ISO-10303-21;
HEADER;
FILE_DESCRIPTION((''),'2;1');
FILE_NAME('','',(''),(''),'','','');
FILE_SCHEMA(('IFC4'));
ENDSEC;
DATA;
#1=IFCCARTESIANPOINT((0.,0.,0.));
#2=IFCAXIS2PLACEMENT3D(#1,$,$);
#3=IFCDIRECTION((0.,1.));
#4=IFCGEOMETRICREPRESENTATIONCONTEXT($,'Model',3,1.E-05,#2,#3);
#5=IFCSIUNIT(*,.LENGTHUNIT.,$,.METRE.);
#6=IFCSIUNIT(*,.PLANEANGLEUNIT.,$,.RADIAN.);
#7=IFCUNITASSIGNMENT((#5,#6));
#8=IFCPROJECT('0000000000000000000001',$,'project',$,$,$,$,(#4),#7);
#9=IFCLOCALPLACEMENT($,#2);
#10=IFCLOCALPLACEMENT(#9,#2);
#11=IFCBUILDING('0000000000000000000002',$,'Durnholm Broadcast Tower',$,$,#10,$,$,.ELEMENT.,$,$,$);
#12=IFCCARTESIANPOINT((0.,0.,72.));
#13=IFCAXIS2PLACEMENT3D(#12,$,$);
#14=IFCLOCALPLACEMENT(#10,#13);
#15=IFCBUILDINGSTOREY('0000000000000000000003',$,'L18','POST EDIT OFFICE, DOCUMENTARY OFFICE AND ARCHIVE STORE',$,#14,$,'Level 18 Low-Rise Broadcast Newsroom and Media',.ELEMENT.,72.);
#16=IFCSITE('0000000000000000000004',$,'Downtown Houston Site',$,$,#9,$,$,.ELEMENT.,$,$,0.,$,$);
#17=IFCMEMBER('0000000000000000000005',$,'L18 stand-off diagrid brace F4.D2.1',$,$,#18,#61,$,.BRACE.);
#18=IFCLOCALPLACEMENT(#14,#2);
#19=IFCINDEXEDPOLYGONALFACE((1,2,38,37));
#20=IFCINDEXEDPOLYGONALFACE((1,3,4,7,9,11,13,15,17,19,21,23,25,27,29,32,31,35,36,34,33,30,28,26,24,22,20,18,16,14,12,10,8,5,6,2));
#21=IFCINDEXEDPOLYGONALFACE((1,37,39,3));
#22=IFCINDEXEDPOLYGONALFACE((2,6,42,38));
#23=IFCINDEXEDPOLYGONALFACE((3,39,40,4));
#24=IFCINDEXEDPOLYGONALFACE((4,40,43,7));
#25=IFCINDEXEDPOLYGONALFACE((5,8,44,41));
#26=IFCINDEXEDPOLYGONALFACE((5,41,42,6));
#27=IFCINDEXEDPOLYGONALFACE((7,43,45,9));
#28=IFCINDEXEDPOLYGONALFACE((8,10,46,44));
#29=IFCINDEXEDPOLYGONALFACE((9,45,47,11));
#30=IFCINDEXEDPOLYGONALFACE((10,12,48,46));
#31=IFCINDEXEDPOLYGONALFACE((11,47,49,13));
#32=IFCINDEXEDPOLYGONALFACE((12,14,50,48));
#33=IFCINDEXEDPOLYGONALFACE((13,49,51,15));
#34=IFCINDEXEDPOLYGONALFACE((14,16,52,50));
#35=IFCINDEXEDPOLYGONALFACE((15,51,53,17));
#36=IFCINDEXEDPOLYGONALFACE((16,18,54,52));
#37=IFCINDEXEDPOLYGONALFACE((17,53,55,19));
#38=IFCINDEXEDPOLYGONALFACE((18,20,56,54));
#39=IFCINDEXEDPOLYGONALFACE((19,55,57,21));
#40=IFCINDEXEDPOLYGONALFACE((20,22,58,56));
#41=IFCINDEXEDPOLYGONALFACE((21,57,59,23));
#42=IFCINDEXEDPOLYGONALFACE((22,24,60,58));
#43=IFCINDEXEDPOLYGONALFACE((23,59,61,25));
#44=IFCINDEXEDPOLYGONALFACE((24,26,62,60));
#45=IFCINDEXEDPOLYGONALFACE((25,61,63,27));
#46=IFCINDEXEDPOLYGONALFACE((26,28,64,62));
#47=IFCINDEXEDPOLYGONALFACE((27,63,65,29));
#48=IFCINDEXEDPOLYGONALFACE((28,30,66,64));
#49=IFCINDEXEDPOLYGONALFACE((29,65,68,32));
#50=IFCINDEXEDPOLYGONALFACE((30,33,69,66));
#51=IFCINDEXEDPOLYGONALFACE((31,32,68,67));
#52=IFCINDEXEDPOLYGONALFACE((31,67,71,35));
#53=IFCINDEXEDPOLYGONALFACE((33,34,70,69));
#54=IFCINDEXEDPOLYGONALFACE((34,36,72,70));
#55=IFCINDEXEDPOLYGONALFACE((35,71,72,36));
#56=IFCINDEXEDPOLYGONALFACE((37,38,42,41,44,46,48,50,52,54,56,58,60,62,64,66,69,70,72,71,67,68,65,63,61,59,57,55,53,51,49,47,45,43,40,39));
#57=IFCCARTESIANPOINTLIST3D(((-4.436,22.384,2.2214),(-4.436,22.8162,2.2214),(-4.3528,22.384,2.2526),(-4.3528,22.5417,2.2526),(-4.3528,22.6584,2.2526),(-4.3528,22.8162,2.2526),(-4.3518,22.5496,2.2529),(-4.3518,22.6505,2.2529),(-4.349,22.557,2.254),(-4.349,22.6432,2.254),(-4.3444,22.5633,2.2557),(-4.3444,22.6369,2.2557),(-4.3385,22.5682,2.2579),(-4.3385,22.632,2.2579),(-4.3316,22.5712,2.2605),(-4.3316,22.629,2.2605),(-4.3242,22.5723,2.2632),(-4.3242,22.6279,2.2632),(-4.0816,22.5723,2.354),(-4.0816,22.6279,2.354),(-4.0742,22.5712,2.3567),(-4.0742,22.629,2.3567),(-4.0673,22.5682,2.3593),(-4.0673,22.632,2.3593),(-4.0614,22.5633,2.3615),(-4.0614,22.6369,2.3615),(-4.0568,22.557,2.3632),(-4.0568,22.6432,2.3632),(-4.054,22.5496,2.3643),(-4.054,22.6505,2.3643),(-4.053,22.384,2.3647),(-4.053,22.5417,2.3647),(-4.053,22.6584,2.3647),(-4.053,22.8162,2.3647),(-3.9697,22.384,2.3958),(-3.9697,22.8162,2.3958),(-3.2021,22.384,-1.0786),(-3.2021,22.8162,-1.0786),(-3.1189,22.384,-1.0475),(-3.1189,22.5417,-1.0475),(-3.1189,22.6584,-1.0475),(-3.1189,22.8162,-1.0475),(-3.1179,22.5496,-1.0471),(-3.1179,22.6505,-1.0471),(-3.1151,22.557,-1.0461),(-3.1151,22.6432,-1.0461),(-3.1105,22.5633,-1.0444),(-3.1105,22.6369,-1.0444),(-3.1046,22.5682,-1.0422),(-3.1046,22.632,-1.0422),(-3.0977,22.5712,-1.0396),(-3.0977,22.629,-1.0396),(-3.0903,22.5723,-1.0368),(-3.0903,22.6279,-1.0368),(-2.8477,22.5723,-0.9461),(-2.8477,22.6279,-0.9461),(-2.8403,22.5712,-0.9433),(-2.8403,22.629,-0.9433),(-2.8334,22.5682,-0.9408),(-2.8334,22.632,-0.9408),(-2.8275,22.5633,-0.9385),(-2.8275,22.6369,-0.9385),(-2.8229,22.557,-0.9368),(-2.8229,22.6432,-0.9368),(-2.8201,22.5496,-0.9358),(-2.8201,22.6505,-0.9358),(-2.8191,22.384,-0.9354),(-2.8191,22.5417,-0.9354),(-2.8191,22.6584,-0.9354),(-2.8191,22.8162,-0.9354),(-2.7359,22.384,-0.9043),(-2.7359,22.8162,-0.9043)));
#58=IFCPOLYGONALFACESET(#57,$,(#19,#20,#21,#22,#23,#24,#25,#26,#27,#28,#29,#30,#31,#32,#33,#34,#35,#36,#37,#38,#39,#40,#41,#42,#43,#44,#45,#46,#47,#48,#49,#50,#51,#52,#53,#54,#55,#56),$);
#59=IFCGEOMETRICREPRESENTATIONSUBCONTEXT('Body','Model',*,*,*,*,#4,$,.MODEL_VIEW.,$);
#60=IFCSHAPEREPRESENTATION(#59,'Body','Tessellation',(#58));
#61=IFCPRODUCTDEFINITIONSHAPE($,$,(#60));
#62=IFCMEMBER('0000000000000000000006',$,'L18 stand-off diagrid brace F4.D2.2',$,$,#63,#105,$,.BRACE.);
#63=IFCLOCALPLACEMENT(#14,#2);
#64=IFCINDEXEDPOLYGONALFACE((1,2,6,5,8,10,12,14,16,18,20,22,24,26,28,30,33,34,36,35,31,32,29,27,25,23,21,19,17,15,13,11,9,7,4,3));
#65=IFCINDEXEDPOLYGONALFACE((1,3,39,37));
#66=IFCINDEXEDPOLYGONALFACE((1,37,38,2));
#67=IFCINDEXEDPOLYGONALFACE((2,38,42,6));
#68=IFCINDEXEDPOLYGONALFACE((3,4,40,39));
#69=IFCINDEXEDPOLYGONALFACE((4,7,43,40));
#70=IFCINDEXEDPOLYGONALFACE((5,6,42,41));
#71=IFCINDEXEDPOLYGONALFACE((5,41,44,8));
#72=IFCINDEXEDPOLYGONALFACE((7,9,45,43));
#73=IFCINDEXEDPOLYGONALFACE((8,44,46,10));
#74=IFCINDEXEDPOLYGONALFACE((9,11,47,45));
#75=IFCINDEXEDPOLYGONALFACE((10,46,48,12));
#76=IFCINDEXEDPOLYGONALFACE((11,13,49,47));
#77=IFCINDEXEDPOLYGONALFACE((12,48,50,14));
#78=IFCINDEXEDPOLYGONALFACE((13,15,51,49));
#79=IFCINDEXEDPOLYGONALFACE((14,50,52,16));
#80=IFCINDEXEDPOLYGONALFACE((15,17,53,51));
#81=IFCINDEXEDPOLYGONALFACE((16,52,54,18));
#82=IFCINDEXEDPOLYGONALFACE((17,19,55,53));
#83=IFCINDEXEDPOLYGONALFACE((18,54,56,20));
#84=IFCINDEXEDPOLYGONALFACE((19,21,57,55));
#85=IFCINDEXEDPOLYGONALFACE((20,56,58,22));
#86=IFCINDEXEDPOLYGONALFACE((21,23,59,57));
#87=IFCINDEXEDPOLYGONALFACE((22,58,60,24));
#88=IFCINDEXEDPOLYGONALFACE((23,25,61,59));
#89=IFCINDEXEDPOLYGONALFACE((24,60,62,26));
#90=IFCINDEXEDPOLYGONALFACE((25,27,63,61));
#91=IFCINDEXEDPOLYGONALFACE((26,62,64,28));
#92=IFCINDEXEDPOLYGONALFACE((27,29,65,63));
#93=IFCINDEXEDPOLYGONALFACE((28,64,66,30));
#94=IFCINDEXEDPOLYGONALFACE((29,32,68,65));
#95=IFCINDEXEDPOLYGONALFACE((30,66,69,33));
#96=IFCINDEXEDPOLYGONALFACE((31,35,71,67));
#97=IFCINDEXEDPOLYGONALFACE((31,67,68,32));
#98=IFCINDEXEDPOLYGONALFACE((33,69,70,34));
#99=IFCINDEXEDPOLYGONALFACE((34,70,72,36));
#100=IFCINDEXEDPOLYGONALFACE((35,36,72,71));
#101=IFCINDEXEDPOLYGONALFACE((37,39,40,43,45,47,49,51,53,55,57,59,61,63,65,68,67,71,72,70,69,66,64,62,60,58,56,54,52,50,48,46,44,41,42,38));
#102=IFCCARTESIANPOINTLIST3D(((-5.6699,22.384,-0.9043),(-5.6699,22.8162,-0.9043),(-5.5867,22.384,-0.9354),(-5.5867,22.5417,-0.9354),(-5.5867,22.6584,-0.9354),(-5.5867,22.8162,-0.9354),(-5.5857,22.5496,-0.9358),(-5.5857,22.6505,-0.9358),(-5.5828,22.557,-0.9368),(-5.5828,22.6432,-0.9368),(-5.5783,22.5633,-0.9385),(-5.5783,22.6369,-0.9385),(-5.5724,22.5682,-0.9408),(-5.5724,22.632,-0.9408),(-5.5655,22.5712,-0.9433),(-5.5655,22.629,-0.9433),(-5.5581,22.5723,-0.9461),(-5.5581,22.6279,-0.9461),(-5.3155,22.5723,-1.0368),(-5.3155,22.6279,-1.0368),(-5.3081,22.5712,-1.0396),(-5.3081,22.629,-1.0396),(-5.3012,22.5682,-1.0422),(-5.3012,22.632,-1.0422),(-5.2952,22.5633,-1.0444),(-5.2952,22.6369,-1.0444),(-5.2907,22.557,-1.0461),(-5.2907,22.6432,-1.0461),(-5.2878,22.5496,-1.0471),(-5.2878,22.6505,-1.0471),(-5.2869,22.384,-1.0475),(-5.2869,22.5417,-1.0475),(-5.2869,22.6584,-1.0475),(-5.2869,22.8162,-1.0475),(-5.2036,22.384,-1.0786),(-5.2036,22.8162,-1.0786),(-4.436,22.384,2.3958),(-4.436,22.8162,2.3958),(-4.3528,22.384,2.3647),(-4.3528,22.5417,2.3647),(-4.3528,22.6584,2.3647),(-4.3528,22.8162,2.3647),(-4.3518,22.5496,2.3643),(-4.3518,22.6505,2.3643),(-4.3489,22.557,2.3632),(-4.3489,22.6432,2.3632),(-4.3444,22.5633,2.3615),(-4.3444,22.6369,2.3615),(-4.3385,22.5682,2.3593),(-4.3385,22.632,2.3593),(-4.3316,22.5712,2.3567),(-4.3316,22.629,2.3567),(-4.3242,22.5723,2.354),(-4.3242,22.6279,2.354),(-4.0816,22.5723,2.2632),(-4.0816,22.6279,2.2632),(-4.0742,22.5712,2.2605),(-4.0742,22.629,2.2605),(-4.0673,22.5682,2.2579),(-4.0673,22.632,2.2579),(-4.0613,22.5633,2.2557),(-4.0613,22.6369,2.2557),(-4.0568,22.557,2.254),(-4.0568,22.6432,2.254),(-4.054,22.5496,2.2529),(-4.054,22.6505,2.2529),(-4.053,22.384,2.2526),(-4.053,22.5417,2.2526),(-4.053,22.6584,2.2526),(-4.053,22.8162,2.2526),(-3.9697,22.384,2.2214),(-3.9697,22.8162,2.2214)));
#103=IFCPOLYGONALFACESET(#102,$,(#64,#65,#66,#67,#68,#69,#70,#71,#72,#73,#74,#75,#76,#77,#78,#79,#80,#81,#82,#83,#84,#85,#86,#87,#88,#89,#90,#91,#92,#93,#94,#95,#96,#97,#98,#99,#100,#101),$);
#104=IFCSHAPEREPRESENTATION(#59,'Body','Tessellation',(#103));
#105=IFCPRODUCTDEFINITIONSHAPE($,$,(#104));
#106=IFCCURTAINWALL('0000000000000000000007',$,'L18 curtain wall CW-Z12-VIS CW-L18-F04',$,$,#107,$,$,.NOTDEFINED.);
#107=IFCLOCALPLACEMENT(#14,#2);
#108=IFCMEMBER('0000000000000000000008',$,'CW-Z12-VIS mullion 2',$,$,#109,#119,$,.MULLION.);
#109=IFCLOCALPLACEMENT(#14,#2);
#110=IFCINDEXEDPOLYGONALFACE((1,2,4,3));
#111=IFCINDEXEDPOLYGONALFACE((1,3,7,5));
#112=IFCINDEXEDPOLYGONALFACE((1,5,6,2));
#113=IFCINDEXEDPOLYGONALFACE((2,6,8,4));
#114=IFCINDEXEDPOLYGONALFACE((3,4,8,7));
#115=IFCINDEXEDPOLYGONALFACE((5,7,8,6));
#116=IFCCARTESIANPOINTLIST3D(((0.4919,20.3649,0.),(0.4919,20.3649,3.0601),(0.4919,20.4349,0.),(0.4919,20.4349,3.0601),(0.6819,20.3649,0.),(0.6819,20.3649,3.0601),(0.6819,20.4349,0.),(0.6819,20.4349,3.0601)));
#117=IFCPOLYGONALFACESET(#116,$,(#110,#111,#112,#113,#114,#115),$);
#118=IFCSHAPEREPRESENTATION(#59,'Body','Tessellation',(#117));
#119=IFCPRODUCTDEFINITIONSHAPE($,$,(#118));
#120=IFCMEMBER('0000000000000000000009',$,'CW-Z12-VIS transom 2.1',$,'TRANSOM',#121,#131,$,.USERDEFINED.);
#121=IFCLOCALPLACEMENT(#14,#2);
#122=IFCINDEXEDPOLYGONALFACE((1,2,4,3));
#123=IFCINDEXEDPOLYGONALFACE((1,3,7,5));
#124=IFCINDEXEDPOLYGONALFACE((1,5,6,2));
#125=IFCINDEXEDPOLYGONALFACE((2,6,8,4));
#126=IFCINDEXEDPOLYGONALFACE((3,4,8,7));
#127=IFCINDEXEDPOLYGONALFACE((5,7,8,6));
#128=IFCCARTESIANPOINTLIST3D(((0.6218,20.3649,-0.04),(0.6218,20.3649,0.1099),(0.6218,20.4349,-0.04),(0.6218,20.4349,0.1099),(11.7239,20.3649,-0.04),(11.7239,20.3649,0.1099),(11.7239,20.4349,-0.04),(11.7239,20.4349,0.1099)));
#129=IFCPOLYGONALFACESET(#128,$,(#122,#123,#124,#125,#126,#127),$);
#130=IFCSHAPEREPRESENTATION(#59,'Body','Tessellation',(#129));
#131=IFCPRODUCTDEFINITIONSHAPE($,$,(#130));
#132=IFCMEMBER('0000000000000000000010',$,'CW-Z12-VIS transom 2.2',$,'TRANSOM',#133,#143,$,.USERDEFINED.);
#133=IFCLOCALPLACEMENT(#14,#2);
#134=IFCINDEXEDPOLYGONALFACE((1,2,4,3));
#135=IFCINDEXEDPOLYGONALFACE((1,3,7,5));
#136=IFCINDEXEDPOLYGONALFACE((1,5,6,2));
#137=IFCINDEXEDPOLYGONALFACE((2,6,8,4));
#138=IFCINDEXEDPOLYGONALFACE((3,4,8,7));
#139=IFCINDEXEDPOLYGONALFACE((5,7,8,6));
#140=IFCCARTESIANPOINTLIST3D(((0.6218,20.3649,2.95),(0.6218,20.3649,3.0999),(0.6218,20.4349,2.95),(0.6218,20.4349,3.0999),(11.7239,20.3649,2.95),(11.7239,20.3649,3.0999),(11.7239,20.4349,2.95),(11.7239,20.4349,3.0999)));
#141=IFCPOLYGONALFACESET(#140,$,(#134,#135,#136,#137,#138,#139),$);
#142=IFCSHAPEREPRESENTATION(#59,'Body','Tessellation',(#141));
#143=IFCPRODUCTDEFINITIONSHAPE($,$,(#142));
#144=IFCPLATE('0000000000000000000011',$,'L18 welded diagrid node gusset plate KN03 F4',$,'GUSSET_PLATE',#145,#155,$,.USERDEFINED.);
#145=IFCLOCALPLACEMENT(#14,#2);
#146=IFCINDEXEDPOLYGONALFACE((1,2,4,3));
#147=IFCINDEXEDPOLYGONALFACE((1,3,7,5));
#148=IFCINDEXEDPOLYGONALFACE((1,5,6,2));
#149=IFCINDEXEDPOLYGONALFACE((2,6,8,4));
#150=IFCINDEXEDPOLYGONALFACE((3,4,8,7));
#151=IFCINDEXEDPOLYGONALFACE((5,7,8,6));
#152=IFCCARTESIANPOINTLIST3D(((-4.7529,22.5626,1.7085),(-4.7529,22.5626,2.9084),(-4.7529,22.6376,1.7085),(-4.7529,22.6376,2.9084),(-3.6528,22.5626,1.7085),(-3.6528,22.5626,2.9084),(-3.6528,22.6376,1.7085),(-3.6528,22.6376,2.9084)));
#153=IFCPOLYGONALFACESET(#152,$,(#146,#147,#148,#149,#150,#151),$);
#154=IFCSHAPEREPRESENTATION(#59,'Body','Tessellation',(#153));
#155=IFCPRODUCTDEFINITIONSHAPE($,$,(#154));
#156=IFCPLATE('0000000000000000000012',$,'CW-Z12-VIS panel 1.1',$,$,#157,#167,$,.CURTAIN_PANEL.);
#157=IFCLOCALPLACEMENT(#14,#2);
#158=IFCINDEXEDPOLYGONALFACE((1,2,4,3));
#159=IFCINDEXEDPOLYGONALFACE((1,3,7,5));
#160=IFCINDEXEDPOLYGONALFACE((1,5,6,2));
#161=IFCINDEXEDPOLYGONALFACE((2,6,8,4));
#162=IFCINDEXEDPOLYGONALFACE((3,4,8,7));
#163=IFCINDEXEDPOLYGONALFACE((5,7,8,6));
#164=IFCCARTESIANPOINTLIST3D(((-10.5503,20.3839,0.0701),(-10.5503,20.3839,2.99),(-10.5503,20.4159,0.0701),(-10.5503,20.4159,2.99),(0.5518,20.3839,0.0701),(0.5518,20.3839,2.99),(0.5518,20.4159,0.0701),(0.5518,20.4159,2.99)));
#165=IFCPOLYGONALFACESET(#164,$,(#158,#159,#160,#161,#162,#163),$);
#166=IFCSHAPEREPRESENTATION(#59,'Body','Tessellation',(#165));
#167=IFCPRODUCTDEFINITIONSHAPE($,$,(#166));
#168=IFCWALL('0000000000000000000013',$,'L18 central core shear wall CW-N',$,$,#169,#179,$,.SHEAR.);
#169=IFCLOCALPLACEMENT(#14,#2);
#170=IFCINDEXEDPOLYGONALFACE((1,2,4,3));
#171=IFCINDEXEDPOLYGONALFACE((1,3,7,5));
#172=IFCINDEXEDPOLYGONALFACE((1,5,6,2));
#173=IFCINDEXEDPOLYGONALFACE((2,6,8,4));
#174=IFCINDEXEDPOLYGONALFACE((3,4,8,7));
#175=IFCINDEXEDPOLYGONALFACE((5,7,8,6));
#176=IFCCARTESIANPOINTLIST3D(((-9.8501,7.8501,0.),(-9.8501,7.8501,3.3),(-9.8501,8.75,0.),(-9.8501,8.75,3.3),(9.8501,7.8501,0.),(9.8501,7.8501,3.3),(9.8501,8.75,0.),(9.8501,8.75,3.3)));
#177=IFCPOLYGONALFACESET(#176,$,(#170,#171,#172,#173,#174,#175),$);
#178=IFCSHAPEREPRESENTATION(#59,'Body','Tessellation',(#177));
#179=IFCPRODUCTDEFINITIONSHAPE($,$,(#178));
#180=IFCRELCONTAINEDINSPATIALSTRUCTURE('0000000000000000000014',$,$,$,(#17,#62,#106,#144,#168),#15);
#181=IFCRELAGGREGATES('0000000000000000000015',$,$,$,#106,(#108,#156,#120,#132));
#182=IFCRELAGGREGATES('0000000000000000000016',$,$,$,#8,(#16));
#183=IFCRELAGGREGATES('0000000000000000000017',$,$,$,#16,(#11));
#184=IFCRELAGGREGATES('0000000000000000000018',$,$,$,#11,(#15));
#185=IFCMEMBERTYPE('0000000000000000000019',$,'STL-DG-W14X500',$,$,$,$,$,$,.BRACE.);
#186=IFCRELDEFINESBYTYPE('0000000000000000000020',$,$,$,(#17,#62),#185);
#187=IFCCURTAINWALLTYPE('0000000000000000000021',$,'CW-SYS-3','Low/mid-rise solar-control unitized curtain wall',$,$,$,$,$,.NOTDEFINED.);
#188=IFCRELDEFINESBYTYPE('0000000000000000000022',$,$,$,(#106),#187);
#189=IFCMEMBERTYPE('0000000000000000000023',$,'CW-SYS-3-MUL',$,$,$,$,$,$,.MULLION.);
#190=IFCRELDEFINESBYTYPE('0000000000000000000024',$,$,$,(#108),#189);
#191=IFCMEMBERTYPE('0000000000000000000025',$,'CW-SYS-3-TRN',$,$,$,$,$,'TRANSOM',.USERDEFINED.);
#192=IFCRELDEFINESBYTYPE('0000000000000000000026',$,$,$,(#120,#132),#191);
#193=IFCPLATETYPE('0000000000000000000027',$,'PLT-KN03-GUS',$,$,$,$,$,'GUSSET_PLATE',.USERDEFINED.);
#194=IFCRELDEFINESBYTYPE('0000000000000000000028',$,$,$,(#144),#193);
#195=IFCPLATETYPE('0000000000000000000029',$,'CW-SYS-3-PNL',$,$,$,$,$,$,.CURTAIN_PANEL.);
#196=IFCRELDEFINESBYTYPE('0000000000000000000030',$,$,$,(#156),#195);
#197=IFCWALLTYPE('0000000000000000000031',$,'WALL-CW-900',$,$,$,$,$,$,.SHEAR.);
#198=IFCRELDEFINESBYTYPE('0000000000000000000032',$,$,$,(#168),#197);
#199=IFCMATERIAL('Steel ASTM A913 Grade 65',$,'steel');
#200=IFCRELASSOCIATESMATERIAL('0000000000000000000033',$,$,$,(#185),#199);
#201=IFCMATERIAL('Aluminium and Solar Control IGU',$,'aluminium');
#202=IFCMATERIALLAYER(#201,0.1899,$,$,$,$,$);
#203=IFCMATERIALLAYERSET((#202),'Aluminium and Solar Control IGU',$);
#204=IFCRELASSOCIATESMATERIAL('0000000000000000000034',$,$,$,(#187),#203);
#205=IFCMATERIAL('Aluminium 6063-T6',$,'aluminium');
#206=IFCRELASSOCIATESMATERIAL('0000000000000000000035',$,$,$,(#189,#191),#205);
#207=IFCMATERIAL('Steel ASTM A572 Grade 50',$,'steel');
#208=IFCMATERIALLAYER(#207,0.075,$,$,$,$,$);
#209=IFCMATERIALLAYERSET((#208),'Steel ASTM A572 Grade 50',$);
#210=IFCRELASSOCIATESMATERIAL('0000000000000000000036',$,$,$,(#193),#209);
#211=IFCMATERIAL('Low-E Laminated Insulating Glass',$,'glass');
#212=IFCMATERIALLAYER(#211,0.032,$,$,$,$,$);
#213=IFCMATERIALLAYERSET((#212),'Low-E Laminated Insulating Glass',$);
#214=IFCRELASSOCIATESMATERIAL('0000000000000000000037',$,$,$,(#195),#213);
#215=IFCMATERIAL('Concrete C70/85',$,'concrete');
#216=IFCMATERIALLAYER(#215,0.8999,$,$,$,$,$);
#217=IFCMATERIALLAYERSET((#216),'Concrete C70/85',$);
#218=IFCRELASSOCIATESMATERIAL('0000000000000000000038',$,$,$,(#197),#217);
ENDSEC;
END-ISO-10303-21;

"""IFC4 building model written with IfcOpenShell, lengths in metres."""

from ifc_helpers import new_model, si_unit, direction, frame, frame_2d, origin, origin_2d, place, context, subcontext, project, spatial, rectangle, i_section, extrude, source, transform, mapped, material, layer, layer_set, material_profile, profile_set, type_object, type_shapes, element, aggregate, save


model = new_model("IFC4")

# Units and contexts
model_context = context("Model", 3, precision=1e-05, world=origin(), true_north=direction((0.0, 1.0)))
body_context = subcontext(model_context, "Body", "Model", "MODEL_VIEW")
ifc_project = project(units=[si_unit("LENGTHUNIT", "METRE"), si_unit("PLANEANGLEUNIT", "RADIAN")], contexts=[model_context])

# Site, building, storey
site_placement = place(None, origin())
site = spatial("IfcSite", under=ifc_project, at=site_placement, Name="Downtown Houston Site", CompositionType="ELEMENT", RefElevation=0.0)
building_placement = place(site_placement, origin())
building = spatial("IfcBuilding", under=site, at=building_placement, Name="Durnholm Broadcast Tower", CompositionType="ELEMENT")
storey_placement = place(building_placement, frame((0.0, 0.0, 72.0)))
storey = spatial("IfcBuildingStorey", under=building, at=storey_placement, Name="L18", Description="POST EDIT OFFICE, DOCUMENTARY OFFICE AND ARCHIVE STORE", LongName="Level 18 Low-Rise Broadcast Newsroom and Media", CompositionType="ELEMENT", Elevation=72.0)

# Shared definitions
ifc_material_1 = material(Name="Concrete C70/85", Category="concrete")

# Members
ifc_material_2 = material(Name="Steel ASTM A913 Grade 65", Category="steel")
ifc_material_profile_1 = material_profile(ifc_material_2, i_section(OverallWidth=0.4321, OverallDepth=0.4978, WebThickness=0.0557, FlangeThickness=0.0889, FilletRadius=0.0305, at=origin_2d()), Name="W14X500")
ifc_profile_set_1 = profile_set([ifc_material_profile_1], Name="Steel ASTM A913 Grade 65")
member_type_1 = type_object("IfcMemberType", Name="STL-DG-W14X500", PredefinedType="BRACE", material=ifc_profile_set_1)
shared_shape_1 = source(origin(), body_context, "Body", "SweptSolid", [
    extrude(i_section(OverallWidth=0.4321, OverallDepth=0.4978, WebThickness=0.0557, FlangeThickness=0.0889, FilletRadius=0.0305, at=origin_2d()), origin(), (0.0, 0.0, 1.0), 3.5232),
])
type_shapes(member_type_1, [shared_shape_1])
for number, where, z_axis, x_axis, name in (
    (1, (-2.969, 22.6001, -0.9915), (-0.35022, 0.0, 0.936668), (0.0, -1.0, 0.0), "L18 stand-off diagrid brace F4.D2.1"),
    (2, (-5.4368, 22.6001, -0.9915), (0.35022, 0.0, 0.936668), (0.0, 1.0, 0.0), "L18 stand-off diagrid brace F4.D2.2"),
):
    element("IfcMember", number, at=place(storey_placement, frame(where, z_axis=z_axis, x_axis=x_axis)), inside=storey, type_object=member_type_1, Name=name, PredefinedType="BRACE", context=body_context, shape_type="MappedRepresentation", body=[
        mapped(shared_shape_1, transform((0.0, 0.0, 0.0), x_axis=(1.0, 0.0, 0.0), y_axis=(0.0, 1.0, 0.0), z_axis=(0.0, 0.0, 1.0), scale=1.0)),
    ])

# Curtain wall, members
ifc_material_3 = material(Name="Aluminium and Solar Control IGU", Category="aluminium")
ifc_layer_1 = layer(ifc_material_3, 0.1899)
ifc_layer_set_1 = layer_set([ifc_layer_1], Name="Aluminium and Solar Control IGU")
curtain_wall_type = type_object("IfcCurtainWallType", Name="CW-SYS-3", Description="Low/mid-rise solar-control unitized curtain wall", PredefinedType="NOTDEFINED", material=ifc_layer_set_1)
curtain_wall_placement = place(storey_placement, origin())
curtain_wall = element("IfcCurtainWall", 3, at=curtain_wall_placement, inside=storey, type_object=curtain_wall_type, Name="L18 curtain wall CW-Z12-VIS CW-L18-F04", PredefinedType="NOTDEFINED")
ifc_material_4 = material(Name="Aluminium 6063-T6", Category="aluminium")
ifc_material_profile_2 = material_profile(ifc_material_4, rectangle(XDim=0.0701, YDim=0.1899, at=origin_2d()), Name="CWM70X190")
ifc_profile_set_2 = profile_set([ifc_material_profile_2], Name="Aluminium 6063-T6")
member_type_2 = type_object("IfcMemberType", Name="CW-SYS-3-MUL", PredefinedType="MULLION", material=ifc_profile_set_2)
shared_shape_2 = source(origin(), body_context, "Body", "SweptSolid", [
    extrude(rectangle(XDim=0.0701, YDim=0.1899, at=origin_2d()), origin(), (0.0, 0.0, 1.0), 3.0601),
])
type_shapes(member_type_2, [shared_shape_2])
member_1_placement = place(storey_placement, frame((0.5869, 20.3999, 0.0), z_axis=(0.0, 0.0, 1.0), x_axis=(0.0, 1.0, 0.0)))
member_1 = element("IfcMember", 4, at=member_1_placement, type_object=member_type_2, Name="CW-Z12-VIS mullion 2", PredefinedType="MULLION", context=body_context, shape_type="MappedRepresentation", body=[
    mapped(shared_shape_2, transform((0.0, 0.0, 0.0), x_axis=(1.0, 0.0, 0.0), y_axis=(0.0, 1.0, 0.0), z_axis=(0.0, 0.0, 1.0), scale=1.0)),
])
ifc_material_profile_3 = material_profile(ifc_material_4, rectangle(XDim=0.0701, YDim=0.1499, at=origin_2d()), Name="CWT70X150")
ifc_profile_set_3 = profile_set([ifc_material_profile_3], Name="Aluminium 6063-T6")
member_type_3 = type_object("IfcMemberType", Name="CW-SYS-3-TRN", ElementType="TRANSOM", PredefinedType="USERDEFINED", material=ifc_profile_set_3)
shared_shape_3 = source(origin(), body_context, "Body", "SweptSolid", [
    extrude(rectangle(XDim=0.0701, YDim=0.1499, at=origin_2d()), origin(), (0.0, 0.0, 1.0), 11.1021),
])
type_shapes(member_type_3, [shared_shape_3])
member_2_placement = place(storey_placement, frame((0.6218, 20.3999, 0.0349), z_axis=(1.0, 0.0, 0.0), x_axis=(0.0, 1.0, 0.0)))
member_2 = element("IfcMember", 5, at=member_2_placement, type_object=member_type_3, Name="CW-Z12-VIS transom 2.1", ObjectType="TRANSOM", PredefinedType="USERDEFINED", context=body_context, shape_type="MappedRepresentation", body=[
    mapped(shared_shape_3, transform((0.0, 0.0, 0.0), x_axis=(1.0, 0.0, 0.0), y_axis=(0.0, 1.0, 0.0), z_axis=(0.0, 0.0, 1.0), scale=1.0)),
])
member_3_placement = place(storey_placement, frame((0.6218, 20.3999, 3.0249), z_axis=(1.0, 0.0, 0.0), x_axis=(0.0, 1.0, 0.0)))
member_3 = element("IfcMember", 6, at=member_3_placement, type_object=member_type_3, Name="CW-Z12-VIS transom 2.2", ObjectType="TRANSOM", PredefinedType="USERDEFINED", context=body_context, shape_type="MappedRepresentation", body=[
    mapped(shared_shape_3, transform((0.0, 0.0, 0.0), x_axis=(1.0, 0.0, 0.0), y_axis=(0.0, 1.0, 0.0), z_axis=(0.0, 0.0, 1.0), scale=1.0)),
])

# Plates
ifc_material_5 = material(Name="Steel ASTM A572 Grade 50", Category="steel")
ifc_layer_2 = layer(ifc_material_5, 0.075)
ifc_layer_set_2 = layer_set([ifc_layer_2], Name="Steel ASTM A572 Grade 50")
plate_type_1 = type_object("IfcPlateType", Name="PLT-KN03-GUS", ElementType="GUSSET_PLATE", PredefinedType="USERDEFINED", material=ifc_layer_set_2)
shared_shape_4 = source(origin(), body_context, "Body", "SweptSolid", [
    extrude(rectangle(XDim=1.1001, YDim=0.075, at=origin_2d()), origin(), (0.0, 0.0, 1.0), 1.2),
])
type_shapes(plate_type_1, [shared_shape_4])
plate_1_placement = place(storey_placement, frame((-4.2029, 22.6001, 1.7085), z_axis=(0.0, 0.0, 1.0), x_axis=(-1.0, 0.0, 0.0)))
element("IfcPlate", 7, at=plate_1_placement, inside=storey, type_object=plate_type_1, Name="L18 welded diagrid node gusset plate KN03 F4", ObjectType="GUSSET_PLATE", PredefinedType="USERDEFINED", context=body_context, shape_type="MappedRepresentation", body=[
    mapped(shared_shape_4, transform((0.0, 0.0, 0.0), x_axis=(1.0, 0.0, 0.0), y_axis=(0.0, 1.0, 0.0), z_axis=(0.0, 0.0, 1.0), scale=1.0)),
])
ifc_material_6 = material(Name="Low-E Laminated Insulating Glass", Category="glass")
ifc_layer_3 = layer(ifc_material_6, 0.032)
ifc_layer_set_3 = layer_set([ifc_layer_3], Name="Low-E Laminated Insulating Glass")
plate_type_2 = type_object("IfcPlateType", Name="CW-SYS-3-PNL", PredefinedType="CURTAIN_PANEL", material=ifc_layer_set_3)
shared_shape_5 = source(origin(), body_context, "Body", "SweptSolid", [
    extrude(rectangle(XDim=11.1021, YDim=0.032, at=origin_2d()), origin(), (0.0, 0.0, 1.0), 2.9199),
])
type_shapes(plate_type_2, [shared_shape_5])
plate_2_placement = place(storey_placement, frame((-4.9993, 20.3999, 0.0701), z_axis=(0.0, 0.0, 1.0), x_axis=(1.0, 0.0, 0.0)))
plate_2 = element("IfcPlate", 8, at=plate_2_placement, type_object=plate_type_2, Name="CW-Z12-VIS panel 1.1", PredefinedType="CURTAIN_PANEL", context=body_context, shape_type="MappedRepresentation", body=[
    mapped(shared_shape_5, transform((0.0, 0.0, 0.0), x_axis=(1.0, 0.0, 0.0), y_axis=(0.0, 1.0, 0.0), z_axis=(0.0, 0.0, 1.0), scale=1.0)),
])
aggregate(curtain_wall, [member_1, plate_2, member_2, member_3])

# Wall
ifc_layer_4 = layer(ifc_material_1, 0.8999)
ifc_layer_set_4 = layer_set([ifc_layer_4], Name="Concrete C70/85")
wall_type_1 = type_object("IfcWallType", Name="WALL-CW-900", PredefinedType="SHEAR", material=ifc_layer_set_4)
wall_1_placement = place(storey_placement, frame((-9.8501, 8.3, 0.0), z_axis=(0.0, 0.0, 1.0), x_axis=(1.0, 0.0, 0.0)))
element("IfcWall", 9, at=wall_1_placement, inside=storey, type_object=wall_type_1, Name="L18 central core shear wall CW-N", PredefinedType="SHEAR", context=body_context, shape_type="SweptSolid", body=[
    extrude(rectangle(XDim=19.7002, YDim=0.8999, at=frame_2d((9.8501, 0.0))), origin(), (0.0, 0.0, 1.0), 3.3),
])

save(model, "model.ifc")
